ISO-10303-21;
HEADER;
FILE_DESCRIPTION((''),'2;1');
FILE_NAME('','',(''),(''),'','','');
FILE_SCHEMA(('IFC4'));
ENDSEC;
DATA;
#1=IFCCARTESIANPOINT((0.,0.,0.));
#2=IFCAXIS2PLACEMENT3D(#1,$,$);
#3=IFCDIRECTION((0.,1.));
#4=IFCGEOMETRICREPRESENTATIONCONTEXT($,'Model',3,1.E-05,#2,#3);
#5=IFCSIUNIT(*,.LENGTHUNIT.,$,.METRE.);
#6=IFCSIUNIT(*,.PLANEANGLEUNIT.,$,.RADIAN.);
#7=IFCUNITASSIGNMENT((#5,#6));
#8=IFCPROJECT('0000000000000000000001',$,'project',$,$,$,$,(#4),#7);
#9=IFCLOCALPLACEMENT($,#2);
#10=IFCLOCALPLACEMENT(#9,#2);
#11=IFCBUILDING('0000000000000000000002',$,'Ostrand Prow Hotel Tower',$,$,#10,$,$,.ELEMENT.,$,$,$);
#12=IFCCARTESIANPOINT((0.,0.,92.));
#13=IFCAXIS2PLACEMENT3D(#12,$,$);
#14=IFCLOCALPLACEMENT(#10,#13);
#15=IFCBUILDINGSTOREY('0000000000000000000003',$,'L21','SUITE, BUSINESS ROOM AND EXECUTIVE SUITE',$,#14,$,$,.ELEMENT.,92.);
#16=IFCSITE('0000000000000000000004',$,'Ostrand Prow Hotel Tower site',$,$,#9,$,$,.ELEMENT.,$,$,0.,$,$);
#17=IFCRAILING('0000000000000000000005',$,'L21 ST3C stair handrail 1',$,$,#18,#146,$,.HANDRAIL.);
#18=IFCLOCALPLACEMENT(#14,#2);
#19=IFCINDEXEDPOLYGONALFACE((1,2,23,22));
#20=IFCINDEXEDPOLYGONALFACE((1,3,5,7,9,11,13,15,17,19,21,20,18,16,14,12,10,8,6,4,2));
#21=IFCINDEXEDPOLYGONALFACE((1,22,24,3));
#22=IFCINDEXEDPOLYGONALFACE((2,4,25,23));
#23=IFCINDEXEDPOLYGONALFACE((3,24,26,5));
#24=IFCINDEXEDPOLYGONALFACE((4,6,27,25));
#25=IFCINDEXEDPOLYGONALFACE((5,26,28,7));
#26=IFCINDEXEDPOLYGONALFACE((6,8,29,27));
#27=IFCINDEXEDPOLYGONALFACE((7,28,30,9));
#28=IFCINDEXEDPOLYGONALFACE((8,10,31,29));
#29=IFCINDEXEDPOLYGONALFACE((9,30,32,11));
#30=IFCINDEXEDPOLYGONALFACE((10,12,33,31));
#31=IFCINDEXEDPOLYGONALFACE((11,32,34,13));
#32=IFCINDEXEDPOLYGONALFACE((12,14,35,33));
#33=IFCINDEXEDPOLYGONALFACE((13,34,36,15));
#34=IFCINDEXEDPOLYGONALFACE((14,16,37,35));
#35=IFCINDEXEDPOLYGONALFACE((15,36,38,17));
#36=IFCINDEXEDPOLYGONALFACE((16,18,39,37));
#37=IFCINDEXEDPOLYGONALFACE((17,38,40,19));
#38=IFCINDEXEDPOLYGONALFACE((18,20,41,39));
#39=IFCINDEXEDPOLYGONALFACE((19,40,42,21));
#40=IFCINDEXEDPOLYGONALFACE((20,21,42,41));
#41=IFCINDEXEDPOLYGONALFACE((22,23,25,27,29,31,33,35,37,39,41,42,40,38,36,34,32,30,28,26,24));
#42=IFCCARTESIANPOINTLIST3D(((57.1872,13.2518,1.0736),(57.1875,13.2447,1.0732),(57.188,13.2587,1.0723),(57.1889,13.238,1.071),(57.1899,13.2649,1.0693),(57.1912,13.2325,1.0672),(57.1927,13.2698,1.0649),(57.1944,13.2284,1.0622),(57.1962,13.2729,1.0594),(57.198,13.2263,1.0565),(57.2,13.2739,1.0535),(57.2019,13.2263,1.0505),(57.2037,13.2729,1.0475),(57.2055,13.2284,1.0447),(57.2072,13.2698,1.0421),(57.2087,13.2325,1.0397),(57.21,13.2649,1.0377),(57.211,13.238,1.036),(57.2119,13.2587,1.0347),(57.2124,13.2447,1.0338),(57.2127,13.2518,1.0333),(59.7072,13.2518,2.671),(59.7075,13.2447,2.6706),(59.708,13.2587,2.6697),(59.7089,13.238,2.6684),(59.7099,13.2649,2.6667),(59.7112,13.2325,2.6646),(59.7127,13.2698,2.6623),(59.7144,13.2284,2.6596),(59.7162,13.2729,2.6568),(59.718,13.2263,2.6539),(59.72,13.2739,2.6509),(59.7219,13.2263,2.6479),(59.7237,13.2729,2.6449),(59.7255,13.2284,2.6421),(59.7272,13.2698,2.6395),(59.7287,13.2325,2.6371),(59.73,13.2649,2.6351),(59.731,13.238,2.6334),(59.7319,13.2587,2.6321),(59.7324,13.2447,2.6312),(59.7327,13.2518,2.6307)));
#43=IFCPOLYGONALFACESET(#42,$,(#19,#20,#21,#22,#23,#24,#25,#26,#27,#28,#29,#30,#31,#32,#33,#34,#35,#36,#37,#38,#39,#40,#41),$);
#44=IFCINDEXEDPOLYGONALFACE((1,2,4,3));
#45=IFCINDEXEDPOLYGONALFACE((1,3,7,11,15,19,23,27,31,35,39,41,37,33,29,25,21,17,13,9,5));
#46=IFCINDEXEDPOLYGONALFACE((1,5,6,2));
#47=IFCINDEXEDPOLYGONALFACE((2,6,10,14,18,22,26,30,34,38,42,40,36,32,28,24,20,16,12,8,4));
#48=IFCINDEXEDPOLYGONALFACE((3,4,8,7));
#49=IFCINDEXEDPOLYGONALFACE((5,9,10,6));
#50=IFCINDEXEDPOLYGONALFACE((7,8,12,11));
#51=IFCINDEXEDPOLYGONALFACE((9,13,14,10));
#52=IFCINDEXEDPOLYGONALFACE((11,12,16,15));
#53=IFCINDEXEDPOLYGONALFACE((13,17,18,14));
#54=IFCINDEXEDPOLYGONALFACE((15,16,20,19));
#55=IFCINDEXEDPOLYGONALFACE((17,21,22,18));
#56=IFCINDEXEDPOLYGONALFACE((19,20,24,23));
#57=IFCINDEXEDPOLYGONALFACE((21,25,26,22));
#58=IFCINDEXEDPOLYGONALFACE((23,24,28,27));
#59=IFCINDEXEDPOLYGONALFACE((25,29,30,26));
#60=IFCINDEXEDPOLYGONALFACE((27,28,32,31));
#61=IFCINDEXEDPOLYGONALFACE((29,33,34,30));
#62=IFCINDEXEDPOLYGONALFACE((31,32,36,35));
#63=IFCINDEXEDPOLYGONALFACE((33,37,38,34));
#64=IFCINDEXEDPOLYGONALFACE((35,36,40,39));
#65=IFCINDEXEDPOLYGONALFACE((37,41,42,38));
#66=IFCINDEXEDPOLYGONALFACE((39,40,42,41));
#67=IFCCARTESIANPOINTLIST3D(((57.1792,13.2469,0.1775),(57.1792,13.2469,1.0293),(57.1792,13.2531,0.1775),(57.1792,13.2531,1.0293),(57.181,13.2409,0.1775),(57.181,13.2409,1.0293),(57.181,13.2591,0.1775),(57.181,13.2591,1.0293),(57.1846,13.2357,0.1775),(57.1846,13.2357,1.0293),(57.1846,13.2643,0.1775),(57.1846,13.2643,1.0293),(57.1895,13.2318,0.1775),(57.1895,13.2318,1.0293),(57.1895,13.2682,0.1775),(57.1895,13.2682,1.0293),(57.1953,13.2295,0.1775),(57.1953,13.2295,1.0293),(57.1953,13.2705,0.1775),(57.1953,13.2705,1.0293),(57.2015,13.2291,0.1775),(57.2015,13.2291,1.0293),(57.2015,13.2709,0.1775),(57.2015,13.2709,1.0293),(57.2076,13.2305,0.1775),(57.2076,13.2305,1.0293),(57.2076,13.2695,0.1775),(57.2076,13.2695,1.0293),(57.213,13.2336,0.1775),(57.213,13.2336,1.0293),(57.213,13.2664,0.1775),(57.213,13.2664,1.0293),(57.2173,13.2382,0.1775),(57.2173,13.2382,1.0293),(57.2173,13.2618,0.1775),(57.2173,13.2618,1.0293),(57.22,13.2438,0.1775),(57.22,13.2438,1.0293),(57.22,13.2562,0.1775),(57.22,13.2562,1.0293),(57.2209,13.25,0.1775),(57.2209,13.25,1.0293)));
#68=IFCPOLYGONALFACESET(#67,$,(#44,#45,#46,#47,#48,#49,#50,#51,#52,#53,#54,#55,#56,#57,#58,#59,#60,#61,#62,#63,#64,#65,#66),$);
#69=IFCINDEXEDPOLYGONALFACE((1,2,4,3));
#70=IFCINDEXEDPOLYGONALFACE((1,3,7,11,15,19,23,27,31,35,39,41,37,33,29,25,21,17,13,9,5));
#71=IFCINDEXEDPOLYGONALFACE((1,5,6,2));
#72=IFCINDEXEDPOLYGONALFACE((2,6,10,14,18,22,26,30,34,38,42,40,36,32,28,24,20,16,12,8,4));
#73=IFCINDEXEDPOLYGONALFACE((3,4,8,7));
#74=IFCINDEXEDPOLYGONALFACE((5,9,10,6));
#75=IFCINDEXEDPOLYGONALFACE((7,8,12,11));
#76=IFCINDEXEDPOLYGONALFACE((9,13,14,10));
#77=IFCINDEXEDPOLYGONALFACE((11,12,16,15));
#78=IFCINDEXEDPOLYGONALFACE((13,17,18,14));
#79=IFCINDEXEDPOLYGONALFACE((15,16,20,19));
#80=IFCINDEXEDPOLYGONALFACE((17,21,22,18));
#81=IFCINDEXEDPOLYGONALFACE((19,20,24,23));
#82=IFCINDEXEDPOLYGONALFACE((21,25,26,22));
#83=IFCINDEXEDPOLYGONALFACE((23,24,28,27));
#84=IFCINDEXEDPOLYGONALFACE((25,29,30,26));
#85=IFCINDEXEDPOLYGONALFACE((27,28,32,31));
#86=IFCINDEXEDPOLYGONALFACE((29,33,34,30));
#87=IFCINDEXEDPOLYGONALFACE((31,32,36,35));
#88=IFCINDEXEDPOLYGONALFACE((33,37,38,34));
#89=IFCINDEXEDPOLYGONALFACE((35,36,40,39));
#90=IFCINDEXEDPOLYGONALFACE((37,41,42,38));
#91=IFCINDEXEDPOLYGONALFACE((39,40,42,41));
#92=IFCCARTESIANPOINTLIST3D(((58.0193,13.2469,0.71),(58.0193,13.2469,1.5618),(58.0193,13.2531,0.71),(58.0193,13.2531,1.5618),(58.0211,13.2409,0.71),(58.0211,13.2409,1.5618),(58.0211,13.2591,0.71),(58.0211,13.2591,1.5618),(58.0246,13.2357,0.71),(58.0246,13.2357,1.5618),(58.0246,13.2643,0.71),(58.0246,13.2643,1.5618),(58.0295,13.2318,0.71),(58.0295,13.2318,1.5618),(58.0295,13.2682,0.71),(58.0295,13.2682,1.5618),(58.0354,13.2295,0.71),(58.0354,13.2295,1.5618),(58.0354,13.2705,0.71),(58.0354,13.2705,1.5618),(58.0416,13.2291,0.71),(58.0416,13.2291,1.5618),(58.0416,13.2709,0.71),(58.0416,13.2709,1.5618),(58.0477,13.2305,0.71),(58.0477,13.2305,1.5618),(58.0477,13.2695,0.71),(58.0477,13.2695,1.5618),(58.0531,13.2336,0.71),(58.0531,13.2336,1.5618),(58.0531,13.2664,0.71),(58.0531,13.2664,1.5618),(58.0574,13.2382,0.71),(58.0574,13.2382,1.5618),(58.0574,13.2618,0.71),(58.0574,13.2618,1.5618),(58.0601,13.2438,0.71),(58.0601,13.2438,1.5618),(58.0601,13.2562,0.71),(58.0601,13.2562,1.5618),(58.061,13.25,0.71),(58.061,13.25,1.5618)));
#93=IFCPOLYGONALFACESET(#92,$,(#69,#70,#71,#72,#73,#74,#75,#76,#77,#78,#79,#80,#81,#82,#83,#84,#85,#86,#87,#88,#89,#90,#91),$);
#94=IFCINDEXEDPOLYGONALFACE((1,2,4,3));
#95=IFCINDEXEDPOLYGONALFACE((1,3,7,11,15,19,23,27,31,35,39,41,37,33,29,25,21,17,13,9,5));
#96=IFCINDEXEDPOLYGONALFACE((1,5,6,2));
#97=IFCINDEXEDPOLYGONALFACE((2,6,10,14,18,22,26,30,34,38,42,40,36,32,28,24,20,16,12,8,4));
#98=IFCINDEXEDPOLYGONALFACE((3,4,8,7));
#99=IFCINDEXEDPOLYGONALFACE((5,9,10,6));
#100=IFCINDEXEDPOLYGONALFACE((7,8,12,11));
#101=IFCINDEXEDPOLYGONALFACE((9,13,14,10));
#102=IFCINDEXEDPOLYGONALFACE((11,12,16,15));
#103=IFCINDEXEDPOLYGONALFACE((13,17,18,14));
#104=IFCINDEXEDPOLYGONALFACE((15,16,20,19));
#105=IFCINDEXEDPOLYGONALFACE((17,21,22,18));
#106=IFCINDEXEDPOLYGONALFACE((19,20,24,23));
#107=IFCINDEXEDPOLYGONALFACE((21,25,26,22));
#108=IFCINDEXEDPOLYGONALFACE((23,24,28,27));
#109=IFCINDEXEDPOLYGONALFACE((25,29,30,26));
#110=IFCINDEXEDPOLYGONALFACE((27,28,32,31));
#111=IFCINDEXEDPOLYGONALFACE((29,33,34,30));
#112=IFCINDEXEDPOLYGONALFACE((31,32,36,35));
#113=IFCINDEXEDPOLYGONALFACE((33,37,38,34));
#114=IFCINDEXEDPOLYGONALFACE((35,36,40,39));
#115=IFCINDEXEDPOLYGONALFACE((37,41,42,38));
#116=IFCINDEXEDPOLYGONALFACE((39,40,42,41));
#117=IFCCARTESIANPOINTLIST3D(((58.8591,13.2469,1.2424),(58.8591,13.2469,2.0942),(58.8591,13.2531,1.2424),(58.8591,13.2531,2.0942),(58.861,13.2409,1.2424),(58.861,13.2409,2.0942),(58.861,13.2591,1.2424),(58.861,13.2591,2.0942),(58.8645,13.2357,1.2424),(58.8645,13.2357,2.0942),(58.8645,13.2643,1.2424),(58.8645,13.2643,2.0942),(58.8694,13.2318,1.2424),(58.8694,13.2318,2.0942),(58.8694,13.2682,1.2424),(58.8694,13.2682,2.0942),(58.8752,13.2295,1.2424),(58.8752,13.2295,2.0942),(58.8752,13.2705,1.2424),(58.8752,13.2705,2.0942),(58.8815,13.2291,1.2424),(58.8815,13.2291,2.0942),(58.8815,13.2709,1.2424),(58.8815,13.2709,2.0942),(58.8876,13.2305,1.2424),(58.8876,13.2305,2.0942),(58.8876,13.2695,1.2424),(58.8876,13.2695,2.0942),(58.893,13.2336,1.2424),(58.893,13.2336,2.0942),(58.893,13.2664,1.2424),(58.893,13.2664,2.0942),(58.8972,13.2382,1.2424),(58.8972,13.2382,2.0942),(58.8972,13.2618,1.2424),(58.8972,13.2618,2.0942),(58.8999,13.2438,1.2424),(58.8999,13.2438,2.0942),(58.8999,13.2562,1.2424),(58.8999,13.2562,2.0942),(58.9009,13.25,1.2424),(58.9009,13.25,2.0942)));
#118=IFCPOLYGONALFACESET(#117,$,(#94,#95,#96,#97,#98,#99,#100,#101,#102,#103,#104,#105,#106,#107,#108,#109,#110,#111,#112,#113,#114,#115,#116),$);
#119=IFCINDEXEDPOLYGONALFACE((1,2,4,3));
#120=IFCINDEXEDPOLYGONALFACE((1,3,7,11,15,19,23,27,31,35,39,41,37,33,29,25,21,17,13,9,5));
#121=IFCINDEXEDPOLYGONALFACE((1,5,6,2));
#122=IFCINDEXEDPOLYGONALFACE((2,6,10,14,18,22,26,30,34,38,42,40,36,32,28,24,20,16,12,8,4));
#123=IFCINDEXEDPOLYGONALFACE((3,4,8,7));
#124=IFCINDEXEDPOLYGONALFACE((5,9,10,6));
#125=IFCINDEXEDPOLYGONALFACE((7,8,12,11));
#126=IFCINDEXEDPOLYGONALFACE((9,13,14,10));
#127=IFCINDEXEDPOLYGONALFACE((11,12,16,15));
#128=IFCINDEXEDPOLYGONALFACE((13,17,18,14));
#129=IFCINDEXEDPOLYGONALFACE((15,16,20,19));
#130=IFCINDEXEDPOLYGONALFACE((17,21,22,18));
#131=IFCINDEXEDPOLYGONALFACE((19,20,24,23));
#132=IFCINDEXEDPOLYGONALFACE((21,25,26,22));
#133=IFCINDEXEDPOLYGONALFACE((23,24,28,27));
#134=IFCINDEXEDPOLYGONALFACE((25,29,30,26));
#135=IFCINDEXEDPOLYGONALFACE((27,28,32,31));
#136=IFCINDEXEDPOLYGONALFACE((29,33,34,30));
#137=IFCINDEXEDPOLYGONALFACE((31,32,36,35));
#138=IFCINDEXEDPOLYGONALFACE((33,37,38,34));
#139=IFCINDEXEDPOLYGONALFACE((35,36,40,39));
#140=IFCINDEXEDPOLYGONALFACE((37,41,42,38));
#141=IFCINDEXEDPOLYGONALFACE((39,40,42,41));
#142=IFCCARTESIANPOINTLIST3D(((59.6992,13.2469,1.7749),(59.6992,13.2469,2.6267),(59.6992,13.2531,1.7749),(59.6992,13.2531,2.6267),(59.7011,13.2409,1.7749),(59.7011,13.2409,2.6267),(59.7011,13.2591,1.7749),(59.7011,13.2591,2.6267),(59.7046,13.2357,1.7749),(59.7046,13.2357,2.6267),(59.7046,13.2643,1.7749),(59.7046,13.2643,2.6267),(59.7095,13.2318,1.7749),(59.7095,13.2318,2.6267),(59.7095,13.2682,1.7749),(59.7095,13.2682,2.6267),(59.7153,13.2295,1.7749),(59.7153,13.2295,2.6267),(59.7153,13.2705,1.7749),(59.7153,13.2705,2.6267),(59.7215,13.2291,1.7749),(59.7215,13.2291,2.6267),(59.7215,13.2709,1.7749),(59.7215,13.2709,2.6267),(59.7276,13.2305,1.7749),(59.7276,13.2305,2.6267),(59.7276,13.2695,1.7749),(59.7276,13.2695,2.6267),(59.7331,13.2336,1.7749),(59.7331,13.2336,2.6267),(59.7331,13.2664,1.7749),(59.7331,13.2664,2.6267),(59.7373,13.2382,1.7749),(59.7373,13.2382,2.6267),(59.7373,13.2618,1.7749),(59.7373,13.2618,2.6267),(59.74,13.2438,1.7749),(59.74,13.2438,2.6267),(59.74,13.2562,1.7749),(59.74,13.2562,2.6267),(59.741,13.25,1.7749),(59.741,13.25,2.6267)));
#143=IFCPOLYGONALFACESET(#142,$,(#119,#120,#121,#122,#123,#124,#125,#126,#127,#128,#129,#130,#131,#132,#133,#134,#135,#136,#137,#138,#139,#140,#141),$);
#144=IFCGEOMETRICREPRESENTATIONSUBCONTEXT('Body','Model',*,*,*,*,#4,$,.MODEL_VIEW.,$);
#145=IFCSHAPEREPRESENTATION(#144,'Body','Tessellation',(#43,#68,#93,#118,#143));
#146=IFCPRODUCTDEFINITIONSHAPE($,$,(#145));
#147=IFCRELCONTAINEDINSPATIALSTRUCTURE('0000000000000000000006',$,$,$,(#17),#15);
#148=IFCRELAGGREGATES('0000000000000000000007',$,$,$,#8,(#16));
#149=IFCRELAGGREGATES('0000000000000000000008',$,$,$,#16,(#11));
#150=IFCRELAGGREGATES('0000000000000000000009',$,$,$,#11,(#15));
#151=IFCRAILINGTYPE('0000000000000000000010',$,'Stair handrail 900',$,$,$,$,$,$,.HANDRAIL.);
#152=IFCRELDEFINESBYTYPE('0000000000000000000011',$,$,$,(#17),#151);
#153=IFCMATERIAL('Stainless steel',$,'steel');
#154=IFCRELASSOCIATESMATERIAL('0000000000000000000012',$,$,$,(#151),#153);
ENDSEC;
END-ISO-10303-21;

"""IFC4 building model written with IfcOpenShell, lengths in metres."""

from ifc_helpers import new_model, si_unit, direction, frame, origin, origin_2d, place, context, subcontext, project, spatial, circle, extrude, material, type_object, element, save


model = new_model("IFC4")

# Units and contexts
model_context = context("Model", 3, precision=1e-05, world=origin(), true_north=direction((0.0, 1.0)))
body_context = subcontext(model_context, "Body", "Model", "MODEL_VIEW")
ifc_project = project(units=[si_unit("LENGTHUNIT", "METRE"), si_unit("PLANEANGLEUNIT", "RADIAN")], contexts=[model_context])

# Site, building, storey
site_placement = place(None, origin())
site = spatial("IfcSite", under=ifc_project, at=site_placement, Name="Ostrand Prow Hotel Tower site", CompositionType="ELEMENT", RefElevation=0.0)
building_placement = place(site_placement, origin())
building = spatial("IfcBuilding", under=site, at=building_placement, Name="Ostrand Prow Hotel Tower", CompositionType="ELEMENT")
storey_placement = place(building_placement, frame((0.0, 0.0, 92.0)))
storey = spatial("IfcBuildingStorey", under=building, at=storey_placement, Name="L21", Description="SUITE, BUSINESS ROOM AND EXECUTIVE SUITE", CompositionType="ELEMENT", Elevation=92.0)

# Railing
ifc_material_1 = material(Name="Stainless steel", Category="steel")
railing_type_1 = type_object("IfcRailingType", Name="Stair handrail 900", PredefinedType="HANDRAIL", material=ifc_material_1)
railing_1_placement = place(storey_placement, frame((57.2, 13.25, 0.1775)))
element("IfcRailing", 1, at=railing_1_placement, inside=storey, type_object=railing_type_1, Name="L21 ST3C stair handrail 1", PredefinedType="HANDRAIL", context=body_context, shape_type="SweptSolid", body=[
    extrude(circle(Radius=0.0239, at=origin_2d()), frame((0.0, 0.0, 0.876), z_axis=(0.844607, 0.0, 0.535387), x_axis=(0.0, 1.0, 0.0)), (0.0, 0.0, 1.0), 2.9836),
    extrude(circle(Radius=0.021, at=origin_2d()), origin(), (0.0, 0.0, 1.0), 0.8518),
    extrude(circle(Radius=0.021, at=origin_2d()), frame((0.8401, 0.0, 0.5325)), (0.0, 0.0, 1.0), 0.8518),
    extrude(circle(Radius=0.021, at=origin_2d()), frame((1.6799, 0.0, 1.0649)), (0.0, 0.0, 1.0), 0.8518),
    extrude(circle(Radius=0.021, at=origin_2d()), frame((2.52, 0.0, 1.5974)), (0.0, 0.0, 1.0), 0.8518),
])

save(model, "model.ifc")
